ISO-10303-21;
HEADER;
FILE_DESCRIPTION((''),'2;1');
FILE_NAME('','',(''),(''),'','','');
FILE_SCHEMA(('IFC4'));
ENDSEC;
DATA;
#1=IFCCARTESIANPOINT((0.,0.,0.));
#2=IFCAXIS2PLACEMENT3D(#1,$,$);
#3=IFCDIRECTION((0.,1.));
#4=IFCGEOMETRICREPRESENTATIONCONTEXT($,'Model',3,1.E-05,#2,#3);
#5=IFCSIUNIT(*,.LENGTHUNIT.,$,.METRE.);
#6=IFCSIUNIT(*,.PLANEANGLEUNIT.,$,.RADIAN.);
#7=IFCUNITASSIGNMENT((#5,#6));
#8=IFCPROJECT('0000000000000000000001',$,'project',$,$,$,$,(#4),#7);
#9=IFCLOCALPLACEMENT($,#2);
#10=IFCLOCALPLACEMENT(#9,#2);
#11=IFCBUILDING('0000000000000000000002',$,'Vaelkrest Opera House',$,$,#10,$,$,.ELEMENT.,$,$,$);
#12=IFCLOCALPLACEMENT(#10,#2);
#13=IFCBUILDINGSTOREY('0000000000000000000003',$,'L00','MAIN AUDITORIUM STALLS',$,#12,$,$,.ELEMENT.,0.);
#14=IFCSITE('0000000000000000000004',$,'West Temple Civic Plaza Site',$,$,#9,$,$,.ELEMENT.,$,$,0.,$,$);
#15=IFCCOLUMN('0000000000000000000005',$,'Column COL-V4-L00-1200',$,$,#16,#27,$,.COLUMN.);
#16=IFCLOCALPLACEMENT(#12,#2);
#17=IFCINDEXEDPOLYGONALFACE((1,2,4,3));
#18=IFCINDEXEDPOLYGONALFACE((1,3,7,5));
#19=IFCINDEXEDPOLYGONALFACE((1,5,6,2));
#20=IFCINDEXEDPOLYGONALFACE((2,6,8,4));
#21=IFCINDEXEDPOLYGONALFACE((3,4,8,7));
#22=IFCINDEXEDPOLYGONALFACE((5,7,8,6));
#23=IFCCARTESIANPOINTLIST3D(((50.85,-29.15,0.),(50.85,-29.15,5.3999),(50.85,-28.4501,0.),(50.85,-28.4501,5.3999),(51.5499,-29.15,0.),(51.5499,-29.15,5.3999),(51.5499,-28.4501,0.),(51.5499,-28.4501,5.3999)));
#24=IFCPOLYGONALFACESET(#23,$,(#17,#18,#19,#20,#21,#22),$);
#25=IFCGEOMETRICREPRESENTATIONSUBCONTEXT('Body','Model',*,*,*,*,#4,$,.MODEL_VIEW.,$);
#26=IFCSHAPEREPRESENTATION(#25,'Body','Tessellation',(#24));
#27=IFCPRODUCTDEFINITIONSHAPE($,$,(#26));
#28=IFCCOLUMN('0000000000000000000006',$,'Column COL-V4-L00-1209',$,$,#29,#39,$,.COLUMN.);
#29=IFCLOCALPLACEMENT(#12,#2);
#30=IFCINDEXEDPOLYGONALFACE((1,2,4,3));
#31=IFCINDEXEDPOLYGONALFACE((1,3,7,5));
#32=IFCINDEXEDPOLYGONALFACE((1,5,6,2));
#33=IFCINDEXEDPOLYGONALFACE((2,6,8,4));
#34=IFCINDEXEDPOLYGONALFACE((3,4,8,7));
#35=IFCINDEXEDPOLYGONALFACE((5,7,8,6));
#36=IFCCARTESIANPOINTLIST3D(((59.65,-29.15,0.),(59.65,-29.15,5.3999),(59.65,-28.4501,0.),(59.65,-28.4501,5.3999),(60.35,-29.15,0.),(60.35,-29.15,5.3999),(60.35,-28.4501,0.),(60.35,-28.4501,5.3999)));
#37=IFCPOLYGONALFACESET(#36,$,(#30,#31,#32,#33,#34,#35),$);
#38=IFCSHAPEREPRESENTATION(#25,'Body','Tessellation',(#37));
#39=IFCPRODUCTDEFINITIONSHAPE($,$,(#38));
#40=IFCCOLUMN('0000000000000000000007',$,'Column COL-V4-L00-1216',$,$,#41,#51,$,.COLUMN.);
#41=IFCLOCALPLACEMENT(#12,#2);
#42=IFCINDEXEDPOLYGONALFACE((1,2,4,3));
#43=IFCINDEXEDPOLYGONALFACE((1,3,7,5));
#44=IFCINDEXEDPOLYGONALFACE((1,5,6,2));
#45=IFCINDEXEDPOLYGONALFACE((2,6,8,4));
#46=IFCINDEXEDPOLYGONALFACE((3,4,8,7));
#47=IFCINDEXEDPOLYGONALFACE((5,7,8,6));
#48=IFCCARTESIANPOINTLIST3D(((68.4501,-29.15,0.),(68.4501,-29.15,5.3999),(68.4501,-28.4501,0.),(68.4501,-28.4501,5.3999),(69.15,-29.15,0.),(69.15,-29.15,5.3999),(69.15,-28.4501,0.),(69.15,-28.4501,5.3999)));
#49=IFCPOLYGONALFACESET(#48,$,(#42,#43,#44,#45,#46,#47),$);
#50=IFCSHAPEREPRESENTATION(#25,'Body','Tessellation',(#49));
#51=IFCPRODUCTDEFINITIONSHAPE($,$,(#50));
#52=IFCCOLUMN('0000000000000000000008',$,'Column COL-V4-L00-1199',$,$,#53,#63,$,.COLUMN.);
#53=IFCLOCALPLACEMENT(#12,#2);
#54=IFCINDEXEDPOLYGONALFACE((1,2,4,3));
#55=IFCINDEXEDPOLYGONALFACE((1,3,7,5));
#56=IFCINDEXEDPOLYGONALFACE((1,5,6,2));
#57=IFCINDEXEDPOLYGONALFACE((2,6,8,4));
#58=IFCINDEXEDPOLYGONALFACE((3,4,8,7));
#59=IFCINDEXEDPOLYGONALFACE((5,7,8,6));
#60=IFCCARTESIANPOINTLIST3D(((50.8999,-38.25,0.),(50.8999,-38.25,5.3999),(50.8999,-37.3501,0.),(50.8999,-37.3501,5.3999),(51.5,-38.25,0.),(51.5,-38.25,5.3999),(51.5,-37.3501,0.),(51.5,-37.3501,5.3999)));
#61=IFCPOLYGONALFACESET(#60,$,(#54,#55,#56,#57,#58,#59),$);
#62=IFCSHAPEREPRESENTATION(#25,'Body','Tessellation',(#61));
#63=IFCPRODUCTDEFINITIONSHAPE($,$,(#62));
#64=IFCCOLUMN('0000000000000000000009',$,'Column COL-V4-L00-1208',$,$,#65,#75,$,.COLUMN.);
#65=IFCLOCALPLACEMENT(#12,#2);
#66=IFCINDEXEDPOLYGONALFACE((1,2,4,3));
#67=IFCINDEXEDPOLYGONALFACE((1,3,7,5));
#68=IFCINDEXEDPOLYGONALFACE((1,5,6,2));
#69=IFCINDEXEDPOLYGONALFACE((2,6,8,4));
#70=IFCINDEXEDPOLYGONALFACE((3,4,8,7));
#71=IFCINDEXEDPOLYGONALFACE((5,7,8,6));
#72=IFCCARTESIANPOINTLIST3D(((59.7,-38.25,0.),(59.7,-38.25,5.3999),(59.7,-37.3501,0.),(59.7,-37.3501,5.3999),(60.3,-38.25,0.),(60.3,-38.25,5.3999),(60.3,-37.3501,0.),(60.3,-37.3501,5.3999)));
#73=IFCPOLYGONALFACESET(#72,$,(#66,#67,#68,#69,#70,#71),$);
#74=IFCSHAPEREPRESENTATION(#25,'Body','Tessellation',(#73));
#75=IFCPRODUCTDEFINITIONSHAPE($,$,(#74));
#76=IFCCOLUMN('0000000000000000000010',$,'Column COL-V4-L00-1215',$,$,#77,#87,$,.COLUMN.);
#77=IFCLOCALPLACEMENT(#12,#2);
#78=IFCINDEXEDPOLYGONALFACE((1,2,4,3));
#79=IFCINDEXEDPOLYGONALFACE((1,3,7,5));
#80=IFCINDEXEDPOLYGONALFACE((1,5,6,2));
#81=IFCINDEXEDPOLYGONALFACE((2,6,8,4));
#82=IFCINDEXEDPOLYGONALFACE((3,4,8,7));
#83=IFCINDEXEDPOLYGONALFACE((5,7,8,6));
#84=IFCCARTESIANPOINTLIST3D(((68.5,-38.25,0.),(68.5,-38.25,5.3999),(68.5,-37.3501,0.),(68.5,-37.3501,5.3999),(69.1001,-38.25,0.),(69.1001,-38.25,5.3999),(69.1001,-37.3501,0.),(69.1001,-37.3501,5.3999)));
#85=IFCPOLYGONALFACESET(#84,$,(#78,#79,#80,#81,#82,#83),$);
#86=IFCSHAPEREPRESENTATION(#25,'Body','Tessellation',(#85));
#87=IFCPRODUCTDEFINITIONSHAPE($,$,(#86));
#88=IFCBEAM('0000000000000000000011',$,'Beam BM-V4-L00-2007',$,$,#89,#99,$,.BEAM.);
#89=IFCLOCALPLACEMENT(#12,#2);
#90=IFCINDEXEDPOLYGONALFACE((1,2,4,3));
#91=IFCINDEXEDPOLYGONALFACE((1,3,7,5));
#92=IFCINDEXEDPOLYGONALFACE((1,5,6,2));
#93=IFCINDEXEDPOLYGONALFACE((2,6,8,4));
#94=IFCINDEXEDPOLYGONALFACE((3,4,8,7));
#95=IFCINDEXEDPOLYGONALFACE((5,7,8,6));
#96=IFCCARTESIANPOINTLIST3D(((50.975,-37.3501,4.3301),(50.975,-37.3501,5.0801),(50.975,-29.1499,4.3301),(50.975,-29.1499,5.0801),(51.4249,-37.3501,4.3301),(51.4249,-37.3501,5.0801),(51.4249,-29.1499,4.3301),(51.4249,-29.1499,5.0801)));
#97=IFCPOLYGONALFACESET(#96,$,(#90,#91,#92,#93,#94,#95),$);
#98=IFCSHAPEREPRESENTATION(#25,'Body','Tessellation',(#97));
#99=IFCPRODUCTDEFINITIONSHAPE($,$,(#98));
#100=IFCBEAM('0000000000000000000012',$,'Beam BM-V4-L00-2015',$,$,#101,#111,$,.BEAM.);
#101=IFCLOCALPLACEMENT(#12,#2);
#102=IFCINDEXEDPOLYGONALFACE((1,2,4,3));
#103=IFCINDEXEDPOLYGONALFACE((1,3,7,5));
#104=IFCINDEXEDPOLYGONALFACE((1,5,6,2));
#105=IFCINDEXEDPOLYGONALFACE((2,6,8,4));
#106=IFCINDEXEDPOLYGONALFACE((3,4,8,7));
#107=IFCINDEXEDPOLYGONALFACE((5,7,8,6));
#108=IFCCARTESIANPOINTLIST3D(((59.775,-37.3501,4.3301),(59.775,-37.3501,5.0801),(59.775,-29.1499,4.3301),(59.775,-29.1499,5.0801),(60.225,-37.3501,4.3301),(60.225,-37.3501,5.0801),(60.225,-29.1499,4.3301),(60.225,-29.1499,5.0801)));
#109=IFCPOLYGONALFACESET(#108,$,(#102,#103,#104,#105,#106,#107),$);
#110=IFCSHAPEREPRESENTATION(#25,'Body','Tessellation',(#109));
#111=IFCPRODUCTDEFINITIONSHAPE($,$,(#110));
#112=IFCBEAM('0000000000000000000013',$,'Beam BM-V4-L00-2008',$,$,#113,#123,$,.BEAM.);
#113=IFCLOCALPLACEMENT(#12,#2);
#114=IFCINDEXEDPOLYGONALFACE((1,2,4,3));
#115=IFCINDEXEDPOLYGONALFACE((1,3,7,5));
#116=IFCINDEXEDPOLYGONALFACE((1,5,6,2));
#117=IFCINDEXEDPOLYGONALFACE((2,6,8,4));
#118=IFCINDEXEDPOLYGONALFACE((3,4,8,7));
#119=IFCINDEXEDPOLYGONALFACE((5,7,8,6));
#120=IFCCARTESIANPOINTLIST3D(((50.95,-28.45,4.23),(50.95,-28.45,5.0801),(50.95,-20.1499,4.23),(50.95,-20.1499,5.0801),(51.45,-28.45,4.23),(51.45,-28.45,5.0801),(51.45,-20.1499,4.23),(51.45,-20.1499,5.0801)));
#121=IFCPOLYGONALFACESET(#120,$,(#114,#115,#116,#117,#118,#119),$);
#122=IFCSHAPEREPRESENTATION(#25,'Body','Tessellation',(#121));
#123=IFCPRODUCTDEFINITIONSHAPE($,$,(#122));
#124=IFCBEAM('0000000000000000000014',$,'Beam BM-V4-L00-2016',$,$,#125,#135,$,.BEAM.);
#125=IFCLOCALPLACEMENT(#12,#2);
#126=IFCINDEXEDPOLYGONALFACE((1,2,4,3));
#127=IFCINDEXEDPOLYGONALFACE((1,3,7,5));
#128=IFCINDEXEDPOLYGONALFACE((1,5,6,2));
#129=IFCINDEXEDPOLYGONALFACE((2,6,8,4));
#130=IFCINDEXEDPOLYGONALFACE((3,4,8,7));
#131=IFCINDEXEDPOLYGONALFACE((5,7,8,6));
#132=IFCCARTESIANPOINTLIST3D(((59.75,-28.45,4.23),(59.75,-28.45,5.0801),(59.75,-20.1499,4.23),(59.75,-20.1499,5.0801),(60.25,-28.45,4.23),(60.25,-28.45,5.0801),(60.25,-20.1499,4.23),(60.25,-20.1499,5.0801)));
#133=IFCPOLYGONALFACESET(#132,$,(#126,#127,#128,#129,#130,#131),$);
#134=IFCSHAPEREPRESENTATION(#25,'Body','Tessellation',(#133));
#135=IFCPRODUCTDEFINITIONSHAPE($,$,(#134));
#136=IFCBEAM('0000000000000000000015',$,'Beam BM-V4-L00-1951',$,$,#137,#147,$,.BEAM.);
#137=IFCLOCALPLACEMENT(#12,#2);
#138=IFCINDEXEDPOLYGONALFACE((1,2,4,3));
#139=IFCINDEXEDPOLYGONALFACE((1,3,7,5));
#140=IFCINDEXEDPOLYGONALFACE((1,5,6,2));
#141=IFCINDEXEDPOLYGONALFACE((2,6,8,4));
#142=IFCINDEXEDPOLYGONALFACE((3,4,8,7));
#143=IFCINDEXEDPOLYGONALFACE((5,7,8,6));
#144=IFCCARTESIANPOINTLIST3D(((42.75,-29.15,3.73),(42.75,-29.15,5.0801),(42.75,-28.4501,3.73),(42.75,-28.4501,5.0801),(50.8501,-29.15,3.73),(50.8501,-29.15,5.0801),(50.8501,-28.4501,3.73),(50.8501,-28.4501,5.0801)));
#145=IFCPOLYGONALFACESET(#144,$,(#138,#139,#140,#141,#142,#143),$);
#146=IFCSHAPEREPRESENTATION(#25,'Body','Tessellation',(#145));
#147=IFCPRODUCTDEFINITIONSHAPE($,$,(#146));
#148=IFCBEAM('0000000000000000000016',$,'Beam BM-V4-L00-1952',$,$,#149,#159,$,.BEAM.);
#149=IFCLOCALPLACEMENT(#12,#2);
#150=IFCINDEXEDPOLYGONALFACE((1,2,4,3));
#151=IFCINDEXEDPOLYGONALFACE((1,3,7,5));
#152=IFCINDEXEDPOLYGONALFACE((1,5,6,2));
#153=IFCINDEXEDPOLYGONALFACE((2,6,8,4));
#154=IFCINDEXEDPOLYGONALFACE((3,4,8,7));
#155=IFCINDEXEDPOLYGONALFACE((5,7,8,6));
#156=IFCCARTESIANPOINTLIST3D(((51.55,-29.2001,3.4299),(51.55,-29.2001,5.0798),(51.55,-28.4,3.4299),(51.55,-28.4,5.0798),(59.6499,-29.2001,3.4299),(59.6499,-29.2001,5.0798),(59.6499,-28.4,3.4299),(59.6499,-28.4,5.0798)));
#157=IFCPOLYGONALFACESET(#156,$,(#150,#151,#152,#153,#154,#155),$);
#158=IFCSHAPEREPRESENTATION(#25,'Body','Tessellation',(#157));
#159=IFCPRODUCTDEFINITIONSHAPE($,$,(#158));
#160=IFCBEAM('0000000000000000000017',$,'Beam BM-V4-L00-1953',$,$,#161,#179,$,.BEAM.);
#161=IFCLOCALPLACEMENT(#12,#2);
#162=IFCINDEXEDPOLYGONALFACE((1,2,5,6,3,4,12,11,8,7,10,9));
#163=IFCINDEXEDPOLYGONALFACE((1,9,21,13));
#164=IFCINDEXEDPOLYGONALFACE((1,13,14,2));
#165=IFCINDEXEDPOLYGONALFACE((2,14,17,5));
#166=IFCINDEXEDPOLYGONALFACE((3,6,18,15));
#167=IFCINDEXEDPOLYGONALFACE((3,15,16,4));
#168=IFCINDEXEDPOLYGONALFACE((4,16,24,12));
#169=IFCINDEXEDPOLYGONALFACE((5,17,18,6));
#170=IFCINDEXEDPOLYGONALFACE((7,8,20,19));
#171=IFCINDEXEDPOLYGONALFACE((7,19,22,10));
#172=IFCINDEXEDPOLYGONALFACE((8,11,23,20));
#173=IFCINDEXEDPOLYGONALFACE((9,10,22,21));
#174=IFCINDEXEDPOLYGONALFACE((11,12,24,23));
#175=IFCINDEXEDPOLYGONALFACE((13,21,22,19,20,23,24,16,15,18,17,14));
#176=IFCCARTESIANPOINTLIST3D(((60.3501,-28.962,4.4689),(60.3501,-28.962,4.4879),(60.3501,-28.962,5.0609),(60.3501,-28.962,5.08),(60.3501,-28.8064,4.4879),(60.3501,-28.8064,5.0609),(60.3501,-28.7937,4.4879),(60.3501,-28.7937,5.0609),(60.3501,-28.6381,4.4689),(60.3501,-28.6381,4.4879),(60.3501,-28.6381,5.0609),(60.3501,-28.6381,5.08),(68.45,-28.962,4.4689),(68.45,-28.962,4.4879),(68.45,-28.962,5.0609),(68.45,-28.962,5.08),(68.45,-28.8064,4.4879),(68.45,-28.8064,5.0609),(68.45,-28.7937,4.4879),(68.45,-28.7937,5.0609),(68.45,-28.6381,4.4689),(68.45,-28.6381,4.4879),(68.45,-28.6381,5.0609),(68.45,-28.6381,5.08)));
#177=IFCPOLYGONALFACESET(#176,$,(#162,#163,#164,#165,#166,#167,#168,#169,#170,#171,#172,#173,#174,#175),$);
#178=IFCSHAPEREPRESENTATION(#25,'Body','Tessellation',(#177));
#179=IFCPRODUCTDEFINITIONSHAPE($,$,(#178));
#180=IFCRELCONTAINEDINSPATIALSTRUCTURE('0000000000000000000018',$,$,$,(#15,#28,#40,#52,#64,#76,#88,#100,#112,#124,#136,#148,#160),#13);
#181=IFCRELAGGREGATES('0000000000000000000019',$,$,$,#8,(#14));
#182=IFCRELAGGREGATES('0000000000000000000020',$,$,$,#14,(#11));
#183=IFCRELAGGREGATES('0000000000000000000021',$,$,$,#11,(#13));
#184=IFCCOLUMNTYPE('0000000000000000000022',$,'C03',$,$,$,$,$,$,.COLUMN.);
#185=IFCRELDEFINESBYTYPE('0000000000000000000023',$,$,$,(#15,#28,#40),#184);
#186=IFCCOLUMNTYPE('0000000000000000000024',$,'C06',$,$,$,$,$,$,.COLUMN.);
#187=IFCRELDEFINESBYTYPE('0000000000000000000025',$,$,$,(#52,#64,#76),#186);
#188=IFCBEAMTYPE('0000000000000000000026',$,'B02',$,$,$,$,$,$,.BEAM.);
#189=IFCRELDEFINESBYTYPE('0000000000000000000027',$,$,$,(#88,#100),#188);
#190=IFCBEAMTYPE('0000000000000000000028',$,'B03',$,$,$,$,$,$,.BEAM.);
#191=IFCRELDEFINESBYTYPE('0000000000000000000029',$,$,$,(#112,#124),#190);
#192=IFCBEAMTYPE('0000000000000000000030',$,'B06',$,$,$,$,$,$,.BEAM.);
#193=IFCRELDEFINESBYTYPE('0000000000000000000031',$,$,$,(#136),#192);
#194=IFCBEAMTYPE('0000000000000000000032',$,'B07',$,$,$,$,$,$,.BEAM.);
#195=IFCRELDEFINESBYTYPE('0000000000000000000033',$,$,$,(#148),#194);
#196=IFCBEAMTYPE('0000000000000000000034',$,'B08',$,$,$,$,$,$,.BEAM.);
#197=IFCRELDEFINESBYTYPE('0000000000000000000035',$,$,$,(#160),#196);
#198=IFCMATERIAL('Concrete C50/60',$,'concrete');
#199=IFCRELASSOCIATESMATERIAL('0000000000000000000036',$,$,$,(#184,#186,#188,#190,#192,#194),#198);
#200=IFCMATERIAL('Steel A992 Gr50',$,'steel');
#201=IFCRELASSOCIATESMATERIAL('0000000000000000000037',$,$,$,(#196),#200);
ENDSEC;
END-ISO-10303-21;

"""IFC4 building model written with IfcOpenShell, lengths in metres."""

from ifc_helpers import new_model, si_unit, direction, frame, origin, origin_2d, place, context, subcontext, project, spatial, rectangle, i_section, extrude, material, material_profile, profile_set, type_object, element, save


model = new_model("IFC4")

# Units and contexts
model_context = context("Model", 3, precision=1e-05, world=origin(), true_north=direction((0.0, 1.0)))
body_context = subcontext(model_context, "Body", "Model", "MODEL_VIEW")
ifc_project = project(units=[si_unit("LENGTHUNIT", "METRE"), si_unit("PLANEANGLEUNIT", "RADIAN")], contexts=[model_context])

# Site, building, storey
site_placement = place(None, origin())
site = spatial("IfcSite", under=ifc_project, at=site_placement, Name="West Temple Civic Plaza Site", CompositionType="ELEMENT", RefElevation=0.0)
building_placement = place(site_placement, origin())
building = spatial("IfcBuilding", under=site, at=building_placement, Name="Vaelkrest Opera House", CompositionType="ELEMENT")
storey_placement = place(building_placement, origin())
storey = spatial("IfcBuildingStorey", under=building, at=storey_placement, Name="L00", Description="MAIN AUDITORIUM STALLS", CompositionType="ELEMENT", Elevation=0.0)

# Columns
ifc_material_1 = material(Name="Concrete C50/60", Category="concrete")
ifc_material_profile_1 = material_profile(ifc_material_1, rectangle(XDim=0.7, YDim=0.7, at=origin_2d()), Name="RC700X700")
ifc_profile_set_1 = profile_set([ifc_material_profile_1], Name="Concrete C50/60")
column_type_1 = type_object("IfcColumnType", Name="C03", PredefinedType="COLUMN", material=ifc_profile_set_1)
for number, where, z_axis, x_axis, name in (
    (1, (51.2, -28.8, 0.0), (0.0, 0.0, 1.0), (1.0, 0.0, 0.0), "Column COL-V4-L00-1200"),
    (2, (60.0, -28.8, 0.0), (0.0, 0.0, 1.0), (1.0, 0.0, 0.0), "Column COL-V4-L00-1209"),
    (3, (68.8, -28.8, 0.0), (0.0, 0.0, 1.0), (1.0, 0.0, 0.0), "Column COL-V4-L00-1216"),
):
    element("IfcColumn", number, at=place(storey_placement, frame(where, z_axis=z_axis, x_axis=x_axis)), inside=storey, type_object=column_type_1, Name=name, PredefinedType="COLUMN", context=body_context, shape_type="SweptSolid", body=[
        extrude(rectangle(XDim=0.7, YDim=0.7, at=origin_2d()), origin(), (0.0, 0.0, 1.0), 5.3999),
    ])
ifc_material_profile_2 = material_profile(ifc_material_1, rectangle(XDim=0.6001, YDim=0.8999, at=origin_2d()), Name="RC600X900")
ifc_profile_set_2 = profile_set([ifc_material_profile_2], Name="Concrete C50/60")
column_type_2 = type_object("IfcColumnType", Name="C06", PredefinedType="COLUMN", material=ifc_profile_set_2)
for number, where, z_axis, x_axis, name in (
    (4, (51.2, -37.8, 0.0), (0.0, 0.0, 1.0), (1.0, 0.0, 0.0), "Column COL-V4-L00-1199"),
    (5, (60.0, -37.8, 0.0), (0.0, 0.0, 1.0), (1.0, 0.0, 0.0), "Column COL-V4-L00-1208"),
    (6, (68.8, -37.8, 0.0), (0.0, 0.0, 1.0), (1.0, 0.0, 0.0), "Column COL-V4-L00-1215"),
):
    element("IfcColumn", number, at=place(storey_placement, frame(where, z_axis=z_axis, x_axis=x_axis)), inside=storey, type_object=column_type_2, Name=name, PredefinedType="COLUMN", context=body_context, shape_type="SweptSolid", body=[
        extrude(rectangle(XDim=0.6001, YDim=0.8999, at=origin_2d()), origin(), (0.0, 0.0, 1.0), 5.3999),
    ])

# Beams
ifc_material_profile_3 = material_profile(ifc_material_1, rectangle(XDim=0.45, YDim=0.75, at=origin_2d()), Name="RCB450X750")
ifc_profile_set_3 = profile_set([ifc_material_profile_3], Name="Concrete C50/60")
beam_type_1 = type_object("IfcBeamType", Name="B02", PredefinedType="BEAM", material=ifc_profile_set_3)
for number, where, z_axis, x_axis, name in (
    (7, (51.2, -37.3501, 4.7051), (0.0, 1.0, 0.0), (-1.0, 0.0, 0.0), "Beam BM-V4-L00-2007"),
    (8, (60.0, -37.3501, 4.7051), (0.0, 1.0, 0.0), (-1.0, 0.0, 0.0), "Beam BM-V4-L00-2015"),
):
    element("IfcBeam", number, at=place(storey_placement, frame(where, z_axis=z_axis, x_axis=x_axis)), inside=storey, type_object=beam_type_1, Name=name, PredefinedType="BEAM", context=body_context, shape_type="SweptSolid", body=[
        extrude(rectangle(XDim=0.45, YDim=0.75, at=origin_2d()), origin(), (0.0, 0.0, 1.0), 8.2002),
    ])
ifc_material_profile_4 = material_profile(ifc_material_1, rectangle(XDim=0.5, YDim=0.8501, at=origin_2d()), Name="RCB500X850")
ifc_profile_set_4 = profile_set([ifc_material_profile_4], Name="Concrete C50/60")
beam_type_2 = type_object("IfcBeamType", Name="B03", PredefinedType="BEAM", material=ifc_profile_set_4)
for number, where, z_axis, x_axis, name in (
    (9, (51.2, -28.45, 4.655), (0.0, 1.0, 0.0), (-1.0, 0.0, 0.0), "Beam BM-V4-L00-2008"),
    (10, (60.0, -28.45, 4.655), (0.0, 1.0, 0.0), (-1.0, 0.0, 0.0), "Beam BM-V4-L00-2016"),
):
    element("IfcBeam", number, at=place(storey_placement, frame(where, z_axis=z_axis, x_axis=x_axis)), inside=storey, type_object=beam_type_2, Name=name, PredefinedType="BEAM", context=body_context, shape_type="SweptSolid", body=[
        extrude(rectangle(XDim=0.5, YDim=0.8501, at=origin_2d()), origin(), (0.0, 0.0, 1.0), 8.3),
    ])
ifc_material_profile_5 = material_profile(ifc_material_1, rectangle(XDim=0.7, YDim=1.3501, at=origin_2d()), Name="RCB700X1350")
ifc_profile_set_5 = profile_set([ifc_material_profile_5], Name="Concrete C50/60")
beam_type_3 = type_object("IfcBeamType", Name="B06", PredefinedType="BEAM", material=ifc_profile_set_5)
beam_1_placement = place(storey_placement, frame((42.75, -28.8, 4.405), z_axis=(1.0, 0.0, 0.0), x_axis=(0.0, 1.0, 0.0)))
element("IfcBeam", 11, at=beam_1_placement, inside=storey, type_object=beam_type_3, Name="Beam BM-V4-L00-1951", PredefinedType="BEAM", context=body_context, shape_type="SweptSolid", body=[
    extrude(rectangle(XDim=0.7, YDim=1.3501, at=origin_2d()), origin(), (0.0, 0.0, 1.0), 8.1001),
])
ifc_material_profile_6 = material_profile(ifc_material_1, rectangle(XDim=0.8, YDim=1.6499, at=origin_2d()), Name="RCB800X1650")
ifc_profile_set_6 = profile_set([ifc_material_profile_6], Name="Concrete C50/60")
beam_type_4 = type_object("IfcBeamType", Name="B07", PredefinedType="BEAM", material=ifc_profile_set_6)
beam_2_placement = place(storey_placement, frame((51.55, -28.8, 4.2549), z_axis=(1.0, 0.0, 0.0), x_axis=(0.0, 1.0, 0.0)))
element("IfcBeam", 12, at=beam_2_placement, inside=storey, type_object=beam_type_4, Name="Beam BM-V4-L00-1952", PredefinedType="BEAM", context=body_context, shape_type="SweptSolid", body=[
    extrude(rectangle(XDim=0.8, YDim=1.6499, at=origin_2d()), origin(), (0.0, 0.0, 1.0), 8.0999),
])
ifc_material_2 = material(Name="Steel A992 Gr50", Category="steel")
ifc_material_profile_7 = material_profile(ifc_material_2, i_section(OverallWidth=0.324, OverallDepth=0.6111, WebThickness=0.0127, FlangeThickness=0.019, at=origin_2d()), Name="W24X104")
ifc_profile_set_7 = profile_set([ifc_material_profile_7], Name="Steel A992 Gr50")
beam_type_5 = type_object("IfcBeamType", Name="B08", PredefinedType="BEAM", material=ifc_profile_set_7)
beam_3_placement = place(storey_placement, frame((60.3501, -28.8, 4.7744), z_axis=(1.0, 0.0, 0.0), x_axis=(0.0, 1.0, 0.0)))
element("IfcBeam", 13, at=beam_3_placement, inside=storey, type_object=beam_type_5, Name="Beam BM-V4-L00-1953", PredefinedType="BEAM", context=body_context, shape_type="SweptSolid", body=[
    extrude(i_section(OverallWidth=0.324, OverallDepth=0.6111, WebThickness=0.0127, FlangeThickness=0.019, at=origin_2d()), origin(), (0.0, 0.0, 1.0), 8.0999),
])

save(model, "model.ifc")
